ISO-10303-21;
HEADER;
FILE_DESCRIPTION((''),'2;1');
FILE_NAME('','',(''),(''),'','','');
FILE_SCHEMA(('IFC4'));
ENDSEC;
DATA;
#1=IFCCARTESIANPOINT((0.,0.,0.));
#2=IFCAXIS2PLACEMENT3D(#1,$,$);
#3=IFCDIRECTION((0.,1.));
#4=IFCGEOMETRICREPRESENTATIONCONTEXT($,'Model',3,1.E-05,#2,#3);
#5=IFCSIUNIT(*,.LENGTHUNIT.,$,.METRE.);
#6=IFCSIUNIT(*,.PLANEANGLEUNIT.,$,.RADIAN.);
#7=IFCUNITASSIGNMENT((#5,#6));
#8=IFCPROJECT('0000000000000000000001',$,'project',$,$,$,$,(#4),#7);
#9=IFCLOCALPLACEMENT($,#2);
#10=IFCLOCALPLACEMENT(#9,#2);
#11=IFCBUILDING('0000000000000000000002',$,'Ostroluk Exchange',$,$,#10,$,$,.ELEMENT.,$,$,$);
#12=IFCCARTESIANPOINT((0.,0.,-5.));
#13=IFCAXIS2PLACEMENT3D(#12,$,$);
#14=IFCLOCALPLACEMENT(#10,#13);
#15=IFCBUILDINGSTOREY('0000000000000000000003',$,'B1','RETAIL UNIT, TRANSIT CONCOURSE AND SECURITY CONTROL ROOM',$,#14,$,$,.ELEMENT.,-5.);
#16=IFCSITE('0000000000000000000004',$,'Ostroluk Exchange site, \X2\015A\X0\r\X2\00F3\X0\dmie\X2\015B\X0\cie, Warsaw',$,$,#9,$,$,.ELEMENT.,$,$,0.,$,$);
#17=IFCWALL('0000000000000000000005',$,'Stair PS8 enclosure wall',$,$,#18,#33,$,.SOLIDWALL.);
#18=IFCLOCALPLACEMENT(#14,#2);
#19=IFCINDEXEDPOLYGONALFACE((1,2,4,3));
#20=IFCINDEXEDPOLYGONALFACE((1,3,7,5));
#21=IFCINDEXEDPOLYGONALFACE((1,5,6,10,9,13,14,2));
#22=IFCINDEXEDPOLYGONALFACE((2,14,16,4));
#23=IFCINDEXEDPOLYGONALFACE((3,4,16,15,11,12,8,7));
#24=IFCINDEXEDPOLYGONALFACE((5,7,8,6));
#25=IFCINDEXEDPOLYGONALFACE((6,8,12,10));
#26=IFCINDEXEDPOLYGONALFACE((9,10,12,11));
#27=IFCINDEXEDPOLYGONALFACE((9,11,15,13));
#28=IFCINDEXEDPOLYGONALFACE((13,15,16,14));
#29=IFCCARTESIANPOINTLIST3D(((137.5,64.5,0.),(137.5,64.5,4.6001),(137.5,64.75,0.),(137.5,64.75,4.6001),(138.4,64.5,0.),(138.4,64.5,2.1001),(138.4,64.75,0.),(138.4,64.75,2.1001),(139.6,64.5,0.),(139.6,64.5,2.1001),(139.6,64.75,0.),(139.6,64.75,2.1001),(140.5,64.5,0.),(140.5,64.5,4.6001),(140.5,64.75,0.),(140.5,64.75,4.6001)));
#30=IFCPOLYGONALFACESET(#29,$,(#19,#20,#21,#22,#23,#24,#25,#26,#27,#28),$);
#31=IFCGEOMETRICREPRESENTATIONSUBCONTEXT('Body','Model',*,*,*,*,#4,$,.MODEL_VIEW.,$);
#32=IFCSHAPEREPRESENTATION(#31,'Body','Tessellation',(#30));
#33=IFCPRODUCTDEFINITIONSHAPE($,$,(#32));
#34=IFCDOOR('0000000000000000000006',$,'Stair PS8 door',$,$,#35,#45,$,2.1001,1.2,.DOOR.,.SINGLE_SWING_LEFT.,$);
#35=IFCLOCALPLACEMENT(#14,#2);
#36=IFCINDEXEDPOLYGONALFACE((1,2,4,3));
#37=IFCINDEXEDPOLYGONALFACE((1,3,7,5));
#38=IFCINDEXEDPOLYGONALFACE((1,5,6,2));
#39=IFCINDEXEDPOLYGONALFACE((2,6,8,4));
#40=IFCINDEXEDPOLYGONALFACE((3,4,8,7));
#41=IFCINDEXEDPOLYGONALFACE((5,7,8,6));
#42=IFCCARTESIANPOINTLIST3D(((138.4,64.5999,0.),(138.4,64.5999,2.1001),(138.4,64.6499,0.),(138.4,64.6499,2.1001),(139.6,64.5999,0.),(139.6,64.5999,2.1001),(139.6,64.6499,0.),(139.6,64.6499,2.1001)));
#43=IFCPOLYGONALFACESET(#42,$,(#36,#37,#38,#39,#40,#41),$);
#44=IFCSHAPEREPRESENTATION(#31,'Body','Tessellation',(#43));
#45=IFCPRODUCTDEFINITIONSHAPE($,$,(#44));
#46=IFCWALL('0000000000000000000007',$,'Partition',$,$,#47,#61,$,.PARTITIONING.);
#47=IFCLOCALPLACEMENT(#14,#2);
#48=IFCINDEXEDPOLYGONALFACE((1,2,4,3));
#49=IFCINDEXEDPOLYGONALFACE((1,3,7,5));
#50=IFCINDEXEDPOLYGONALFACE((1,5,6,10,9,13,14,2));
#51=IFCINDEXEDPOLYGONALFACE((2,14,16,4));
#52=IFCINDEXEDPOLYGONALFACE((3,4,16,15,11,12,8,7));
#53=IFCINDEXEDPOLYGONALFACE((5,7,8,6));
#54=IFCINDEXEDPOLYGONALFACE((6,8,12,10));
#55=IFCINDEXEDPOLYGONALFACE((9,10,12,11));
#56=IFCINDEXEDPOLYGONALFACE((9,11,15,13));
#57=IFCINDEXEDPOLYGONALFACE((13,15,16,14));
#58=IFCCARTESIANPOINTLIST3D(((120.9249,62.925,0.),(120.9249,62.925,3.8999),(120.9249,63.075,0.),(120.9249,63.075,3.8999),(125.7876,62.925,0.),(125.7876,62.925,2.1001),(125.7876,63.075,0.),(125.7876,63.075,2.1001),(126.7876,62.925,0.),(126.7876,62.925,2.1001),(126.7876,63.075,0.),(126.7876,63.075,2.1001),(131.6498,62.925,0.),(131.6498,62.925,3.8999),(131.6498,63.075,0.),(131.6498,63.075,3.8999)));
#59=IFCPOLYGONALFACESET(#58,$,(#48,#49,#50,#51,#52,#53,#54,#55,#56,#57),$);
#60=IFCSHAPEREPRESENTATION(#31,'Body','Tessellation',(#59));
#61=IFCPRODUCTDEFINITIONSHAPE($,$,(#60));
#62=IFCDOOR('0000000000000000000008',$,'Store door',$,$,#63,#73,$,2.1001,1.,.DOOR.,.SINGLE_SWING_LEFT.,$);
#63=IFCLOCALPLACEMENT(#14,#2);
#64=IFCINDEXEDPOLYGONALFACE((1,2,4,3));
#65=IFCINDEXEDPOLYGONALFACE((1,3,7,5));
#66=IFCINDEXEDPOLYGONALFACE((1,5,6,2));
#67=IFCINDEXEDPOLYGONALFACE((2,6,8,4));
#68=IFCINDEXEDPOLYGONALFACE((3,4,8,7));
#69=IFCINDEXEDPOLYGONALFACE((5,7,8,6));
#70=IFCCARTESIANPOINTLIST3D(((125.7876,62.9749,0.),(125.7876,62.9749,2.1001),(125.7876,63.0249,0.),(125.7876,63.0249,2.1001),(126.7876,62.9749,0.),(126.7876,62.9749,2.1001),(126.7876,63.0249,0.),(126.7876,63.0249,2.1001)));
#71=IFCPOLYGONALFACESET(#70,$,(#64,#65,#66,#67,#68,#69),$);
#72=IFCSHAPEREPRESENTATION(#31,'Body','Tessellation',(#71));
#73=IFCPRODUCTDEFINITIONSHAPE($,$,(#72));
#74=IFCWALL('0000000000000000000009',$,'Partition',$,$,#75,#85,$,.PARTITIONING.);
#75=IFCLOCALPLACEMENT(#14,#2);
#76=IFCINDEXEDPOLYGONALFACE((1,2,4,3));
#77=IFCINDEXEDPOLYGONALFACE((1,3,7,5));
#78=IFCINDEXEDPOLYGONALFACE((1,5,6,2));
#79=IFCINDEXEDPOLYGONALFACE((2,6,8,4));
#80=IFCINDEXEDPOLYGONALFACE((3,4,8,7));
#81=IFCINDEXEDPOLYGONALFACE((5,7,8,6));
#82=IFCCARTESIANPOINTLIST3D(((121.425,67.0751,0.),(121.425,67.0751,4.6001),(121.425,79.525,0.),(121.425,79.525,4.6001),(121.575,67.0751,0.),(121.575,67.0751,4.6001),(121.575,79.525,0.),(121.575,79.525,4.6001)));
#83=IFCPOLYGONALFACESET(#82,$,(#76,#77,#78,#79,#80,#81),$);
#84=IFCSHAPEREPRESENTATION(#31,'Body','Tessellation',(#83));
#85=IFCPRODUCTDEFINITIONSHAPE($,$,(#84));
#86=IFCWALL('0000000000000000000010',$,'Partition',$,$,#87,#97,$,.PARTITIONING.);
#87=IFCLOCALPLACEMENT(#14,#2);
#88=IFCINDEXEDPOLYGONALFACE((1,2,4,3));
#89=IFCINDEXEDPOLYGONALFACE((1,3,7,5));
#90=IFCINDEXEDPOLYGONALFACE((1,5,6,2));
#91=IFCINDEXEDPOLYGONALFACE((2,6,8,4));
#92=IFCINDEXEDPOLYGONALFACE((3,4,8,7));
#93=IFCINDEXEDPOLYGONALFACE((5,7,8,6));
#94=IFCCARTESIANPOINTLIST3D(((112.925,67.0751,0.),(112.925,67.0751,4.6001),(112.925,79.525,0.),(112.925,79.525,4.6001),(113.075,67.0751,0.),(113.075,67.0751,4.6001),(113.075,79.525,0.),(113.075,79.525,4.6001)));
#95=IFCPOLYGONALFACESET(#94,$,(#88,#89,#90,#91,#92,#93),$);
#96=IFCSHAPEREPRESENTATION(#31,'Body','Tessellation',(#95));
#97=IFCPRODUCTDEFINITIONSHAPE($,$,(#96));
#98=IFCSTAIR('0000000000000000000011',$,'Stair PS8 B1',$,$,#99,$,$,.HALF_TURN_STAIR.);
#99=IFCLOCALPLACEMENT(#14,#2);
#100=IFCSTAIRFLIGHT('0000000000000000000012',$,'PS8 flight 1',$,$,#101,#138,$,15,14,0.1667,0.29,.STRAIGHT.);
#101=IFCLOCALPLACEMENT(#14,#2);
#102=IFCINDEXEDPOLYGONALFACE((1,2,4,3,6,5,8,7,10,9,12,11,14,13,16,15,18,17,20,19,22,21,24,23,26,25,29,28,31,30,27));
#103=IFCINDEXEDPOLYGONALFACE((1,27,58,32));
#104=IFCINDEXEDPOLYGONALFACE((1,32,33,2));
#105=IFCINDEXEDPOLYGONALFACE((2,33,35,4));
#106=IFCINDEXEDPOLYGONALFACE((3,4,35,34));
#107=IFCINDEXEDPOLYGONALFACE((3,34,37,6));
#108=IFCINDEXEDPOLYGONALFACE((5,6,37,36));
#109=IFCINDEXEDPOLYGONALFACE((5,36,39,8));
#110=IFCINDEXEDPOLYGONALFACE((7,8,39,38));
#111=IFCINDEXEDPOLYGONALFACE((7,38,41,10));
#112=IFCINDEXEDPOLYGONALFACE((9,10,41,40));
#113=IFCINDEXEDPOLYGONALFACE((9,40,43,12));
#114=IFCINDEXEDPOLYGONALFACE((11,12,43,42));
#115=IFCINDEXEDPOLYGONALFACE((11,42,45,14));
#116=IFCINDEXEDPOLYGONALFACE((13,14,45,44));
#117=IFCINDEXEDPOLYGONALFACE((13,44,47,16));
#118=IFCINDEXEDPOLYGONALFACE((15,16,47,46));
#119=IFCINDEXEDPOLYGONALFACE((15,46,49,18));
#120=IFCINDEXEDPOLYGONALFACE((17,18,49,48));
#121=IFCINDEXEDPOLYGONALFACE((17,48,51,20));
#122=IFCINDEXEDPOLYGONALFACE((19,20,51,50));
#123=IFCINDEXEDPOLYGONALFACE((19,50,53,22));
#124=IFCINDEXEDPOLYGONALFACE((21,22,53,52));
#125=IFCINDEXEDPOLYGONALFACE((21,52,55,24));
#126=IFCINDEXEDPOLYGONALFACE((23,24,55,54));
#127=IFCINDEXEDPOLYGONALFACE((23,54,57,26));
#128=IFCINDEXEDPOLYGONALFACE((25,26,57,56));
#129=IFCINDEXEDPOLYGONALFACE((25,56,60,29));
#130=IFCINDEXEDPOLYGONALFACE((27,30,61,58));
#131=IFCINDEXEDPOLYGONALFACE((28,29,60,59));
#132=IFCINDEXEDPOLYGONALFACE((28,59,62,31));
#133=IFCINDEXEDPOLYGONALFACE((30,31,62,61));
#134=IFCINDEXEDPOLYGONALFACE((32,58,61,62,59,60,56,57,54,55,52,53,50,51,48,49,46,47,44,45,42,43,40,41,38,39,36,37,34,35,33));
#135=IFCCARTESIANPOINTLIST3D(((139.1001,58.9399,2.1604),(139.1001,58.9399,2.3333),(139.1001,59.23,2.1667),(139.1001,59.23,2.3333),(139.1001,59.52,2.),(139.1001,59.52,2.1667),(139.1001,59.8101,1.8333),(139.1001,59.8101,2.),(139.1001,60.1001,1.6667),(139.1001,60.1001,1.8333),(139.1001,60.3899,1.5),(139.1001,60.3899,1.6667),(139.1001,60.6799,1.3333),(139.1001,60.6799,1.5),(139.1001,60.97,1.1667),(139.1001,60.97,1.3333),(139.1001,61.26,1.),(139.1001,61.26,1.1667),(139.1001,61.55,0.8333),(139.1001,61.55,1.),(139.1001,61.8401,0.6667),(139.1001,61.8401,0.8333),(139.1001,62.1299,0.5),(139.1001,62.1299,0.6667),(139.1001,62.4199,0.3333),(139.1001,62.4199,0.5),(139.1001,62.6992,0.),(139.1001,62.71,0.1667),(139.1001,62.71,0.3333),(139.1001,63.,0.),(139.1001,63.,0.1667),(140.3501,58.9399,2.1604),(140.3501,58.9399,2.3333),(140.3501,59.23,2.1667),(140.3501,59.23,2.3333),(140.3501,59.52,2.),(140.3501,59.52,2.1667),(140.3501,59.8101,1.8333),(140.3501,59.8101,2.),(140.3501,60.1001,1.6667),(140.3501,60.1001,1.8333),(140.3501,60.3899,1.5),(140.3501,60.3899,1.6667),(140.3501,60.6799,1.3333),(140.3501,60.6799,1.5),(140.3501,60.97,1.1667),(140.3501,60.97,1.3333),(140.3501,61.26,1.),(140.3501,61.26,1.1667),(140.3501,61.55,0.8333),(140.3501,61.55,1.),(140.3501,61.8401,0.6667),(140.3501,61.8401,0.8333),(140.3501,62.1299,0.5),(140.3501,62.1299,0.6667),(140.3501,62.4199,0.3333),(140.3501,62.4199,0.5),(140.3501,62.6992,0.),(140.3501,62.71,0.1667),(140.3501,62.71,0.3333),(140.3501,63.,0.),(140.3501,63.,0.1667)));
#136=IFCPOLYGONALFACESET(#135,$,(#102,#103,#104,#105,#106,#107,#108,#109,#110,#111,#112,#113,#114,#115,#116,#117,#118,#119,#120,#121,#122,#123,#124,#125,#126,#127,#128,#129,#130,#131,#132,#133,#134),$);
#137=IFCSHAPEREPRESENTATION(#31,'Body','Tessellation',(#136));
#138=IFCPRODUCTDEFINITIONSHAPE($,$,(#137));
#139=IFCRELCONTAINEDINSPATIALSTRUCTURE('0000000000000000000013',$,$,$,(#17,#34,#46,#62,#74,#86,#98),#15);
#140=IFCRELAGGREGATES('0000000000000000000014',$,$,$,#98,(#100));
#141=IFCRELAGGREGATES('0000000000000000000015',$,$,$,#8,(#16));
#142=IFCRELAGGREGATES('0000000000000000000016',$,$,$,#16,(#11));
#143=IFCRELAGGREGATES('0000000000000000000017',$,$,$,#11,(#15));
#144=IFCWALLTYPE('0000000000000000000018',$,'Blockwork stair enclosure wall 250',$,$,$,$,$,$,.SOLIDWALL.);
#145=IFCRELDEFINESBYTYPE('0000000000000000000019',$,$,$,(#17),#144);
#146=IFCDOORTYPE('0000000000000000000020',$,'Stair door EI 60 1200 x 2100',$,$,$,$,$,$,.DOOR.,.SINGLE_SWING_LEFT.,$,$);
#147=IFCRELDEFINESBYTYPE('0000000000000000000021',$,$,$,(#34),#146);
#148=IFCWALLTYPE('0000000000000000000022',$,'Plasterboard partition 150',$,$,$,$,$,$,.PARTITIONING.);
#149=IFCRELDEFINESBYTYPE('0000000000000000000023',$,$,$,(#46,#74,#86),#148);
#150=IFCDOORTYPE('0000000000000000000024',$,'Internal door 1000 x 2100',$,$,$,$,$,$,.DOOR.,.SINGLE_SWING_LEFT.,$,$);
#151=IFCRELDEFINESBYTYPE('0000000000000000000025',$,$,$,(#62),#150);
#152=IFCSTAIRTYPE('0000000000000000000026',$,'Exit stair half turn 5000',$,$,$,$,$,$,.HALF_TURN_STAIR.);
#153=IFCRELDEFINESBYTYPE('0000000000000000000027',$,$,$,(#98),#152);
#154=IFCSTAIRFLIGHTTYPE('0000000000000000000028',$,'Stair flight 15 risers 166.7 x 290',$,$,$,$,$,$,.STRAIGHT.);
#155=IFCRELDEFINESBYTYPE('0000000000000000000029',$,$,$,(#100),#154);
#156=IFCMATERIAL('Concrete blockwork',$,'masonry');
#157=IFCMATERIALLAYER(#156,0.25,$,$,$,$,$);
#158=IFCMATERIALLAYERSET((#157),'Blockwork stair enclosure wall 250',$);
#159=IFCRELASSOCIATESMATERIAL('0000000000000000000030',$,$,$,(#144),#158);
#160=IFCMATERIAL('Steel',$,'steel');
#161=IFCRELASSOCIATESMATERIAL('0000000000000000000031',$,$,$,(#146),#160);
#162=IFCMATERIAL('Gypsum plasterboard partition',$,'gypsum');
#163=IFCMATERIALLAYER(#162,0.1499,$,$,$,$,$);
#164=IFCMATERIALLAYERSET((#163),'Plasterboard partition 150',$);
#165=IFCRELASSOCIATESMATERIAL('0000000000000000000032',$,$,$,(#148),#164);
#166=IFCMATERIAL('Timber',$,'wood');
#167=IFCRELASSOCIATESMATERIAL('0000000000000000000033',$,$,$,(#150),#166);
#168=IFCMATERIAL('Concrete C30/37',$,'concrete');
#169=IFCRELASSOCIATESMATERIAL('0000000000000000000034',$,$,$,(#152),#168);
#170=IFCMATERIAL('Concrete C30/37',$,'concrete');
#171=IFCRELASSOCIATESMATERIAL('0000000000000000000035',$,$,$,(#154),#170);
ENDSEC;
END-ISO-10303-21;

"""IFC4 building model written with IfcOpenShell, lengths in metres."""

from ifc_helpers import new_model, si_unit, direction, frame, frame_2d, origin, place, context, subcontext, project, spatial, polyline, rectangle, outline, extrude, material, layer, layer_set, type_object, element, fill, aggregate, save


model = new_model("IFC4")

# Units and contexts
model_context = context("Model", 3, precision=1e-05, world=origin(), true_north=direction((0.0, 1.0)))
body_context = subcontext(model_context, "Body", "Model", "MODEL_VIEW")
ifc_project = project(units=[si_unit("LENGTHUNIT", "METRE"), si_unit("PLANEANGLEUNIT", "RADIAN")], contexts=[model_context])

# Site, building, storey
site_placement = place(None, origin())
site = spatial("IfcSite", under=ifc_project, at=site_placement, Name="Ostroluk Exchange site, Śródmieście, Warsaw", CompositionType="ELEMENT", RefElevation=0.0)
building_placement = place(site_placement, origin())
building = spatial("IfcBuilding", under=site, at=building_placement, Name="Ostroluk Exchange", CompositionType="ELEMENT")
storey_placement = place(building_placement, frame((0.0, 0.0, -5.0)))
storey = spatial("IfcBuildingStorey", under=building, at=storey_placement, Name="B1", Description="RETAIL UNIT, TRANSIT CONCOURSE AND SECURITY CONTROL ROOM", CompositionType="ELEMENT", Elevation=-5.0)

# Walls, openings, doors
ifc_material_1 = material(Name="Concrete blockwork", Category="masonry")
ifc_layer_1 = layer(ifc_material_1, 0.25)
ifc_layer_set_1 = layer_set([ifc_layer_1], Name="Blockwork stair enclosure wall 250")
wall_type_1 = type_object("IfcWallType", Name="Blockwork stair enclosure wall 250", PredefinedType="SOLIDWALL", material=ifc_layer_set_1)
wall_1_placement = place(storey_placement, frame((137.5, 64.625, 0.0), z_axis=(0.0, 0.0, 1.0), x_axis=(1.0, 0.0, 0.0)))
wall_1 = element("IfcWall", 1, at=wall_1_placement, inside=storey, type_object=wall_type_1, Name="Stair PS8 enclosure wall", PredefinedType="SOLIDWALL", context=body_context, shape_type="SweptSolid", body=[
    extrude(rectangle(XDim=3.0, YDim=0.25, at=frame_2d((1.5, 0.0))), origin(), (0.0, 0.0, 1.0), 4.6001),
])
opening_1_placement = place(wall_1_placement, frame((0.8999, 0.0, 0.0)))
opening_1 = element("IfcOpeningElement", 2, at=opening_1_placement, cuts=wall_1, PredefinedType="OPENING", context=body_context, shape_type="SweptSolid", body=[
    extrude(rectangle(XDim=1.2, YDim=2.1001, at=frame_2d((0.6001, 1.05))), frame((0.0, 0.135, 0.0), z_axis=(0.0, -1.0, 0.0), x_axis=(1.0, 0.0, 0.0)), (0.0, 0.0, 1.0), 0.27),
])
ifc_material_2 = material(Name="Steel", Category="steel")
door_type_1 = type_object("IfcDoorType", Name="Stair door EI 60 1200 x 2100", OperationType="SINGLE_SWING_LEFT", PredefinedType="DOOR", material=ifc_material_2)
door_1_placement = place(opening_1_placement, origin())
door_1 = element("IfcDoor", 3, at=door_1_placement, inside=storey, type_object=door_type_1, Name="Stair PS8 door", OperationType="SINGLE_SWING_LEFT", OverallHeight=2.1001, OverallWidth=1.2, PredefinedType="DOOR", context=body_context, shape_type="SweptSolid", body=[
    extrude(rectangle(XDim=1.2, YDim=2.1001, at=frame_2d((0.6001, 1.05))), frame((0.0, 0.0249, 0.0), z_axis=(0.0, -1.0, 0.0), x_axis=(1.0, 0.0, 0.0)), (0.0, 0.0, 1.0), 0.05),
])
fill(opening_1, door_1)
ifc_material_3 = material(Name="Gypsum plasterboard partition", Category="gypsum")
ifc_layer_2 = layer(ifc_material_3, 0.1499)
ifc_layer_set_2 = layer_set([ifc_layer_2], Name="Plasterboard partition 150")
wall_type_2 = type_object("IfcWallType", Name="Plasterboard partition 150", PredefinedType="PARTITIONING", material=ifc_layer_set_2)
wall_2_placement = place(storey_placement, frame((120.925, 63.0, 0.0), z_axis=(0.0, 0.0, 1.0), x_axis=(1.0, 0.0, 0.0)))
wall_2 = element("IfcWall", 4, at=wall_2_placement, inside=storey, type_object=wall_type_2, Name="Partition", PredefinedType="PARTITIONING", context=body_context, shape_type="SweptSolid", body=[
    extrude(rectangle(XDim=10.7249, YDim=0.1499, at=frame_2d((5.3623, 0.0))), origin(), (0.0, 0.0, 1.0), 3.8999),
])
opening_2_placement = place(wall_2_placement, frame((4.8625, 0.0, 0.0)))
opening_2 = element("IfcOpeningElement", 5, at=opening_2_placement, cuts=wall_2, PredefinedType="OPENING", context=body_context, shape_type="SweptSolid", body=[
    extrude(rectangle(XDim=1.0, YDim=2.1001, at=frame_2d((0.5, 1.05))), frame((0.0, 0.085, 0.0), z_axis=(0.0, -1.0, 0.0), x_axis=(1.0, 0.0, 0.0)), (0.0, 0.0, 1.0), 0.1699),
])
ifc_material_4 = material(Name="Timber", Category="wood")
door_type_2 = type_object("IfcDoorType", Name="Internal door 1000 x 2100", OperationType="SINGLE_SWING_LEFT", PredefinedType="DOOR", material=ifc_material_4)
door_2_placement = place(opening_2_placement, origin())
door_2 = element("IfcDoor", 6, at=door_2_placement, inside=storey, type_object=door_type_2, Name="Store door", OperationType="SINGLE_SWING_LEFT", OverallHeight=2.1001, OverallWidth=1.0, PredefinedType="DOOR", context=body_context, shape_type="SweptSolid", body=[
    extrude(rectangle(XDim=1.0, YDim=2.1001, at=frame_2d((0.5, 1.05))), frame((0.0, 0.0249, 0.0), z_axis=(0.0, -1.0, 0.0), x_axis=(1.0, 0.0, 0.0)), (0.0, 0.0, 1.0), 0.05),
])
fill(opening_2, door_2)

# Walls
for number, where, z_axis, x_axis, name in (
    (7, (121.5, 67.075, 0.0), (0.0, 0.0, 1.0), (0.0, 1.0, 0.0), "Partition"),
    (8, (113.0, 67.075, 0.0), (0.0, 0.0, 1.0), (0.0, 1.0, 0.0), "Partition"),
):
    element("IfcWall", number, at=place(storey_placement, frame(where, z_axis=z_axis, x_axis=x_axis)), inside=storey, type_object=wall_type_2, Name=name, PredefinedType="PARTITIONING", context=body_context, shape_type="SweptSolid", body=[
        extrude(rectangle(XDim=12.45, YDim=0.1499, at=frame_2d((6.2251, 0.0))), origin(), (0.0, 0.0, 1.0), 4.6001),
    ])

# Stair, stair flight
ifc_material_5 = material(Name="Concrete C30/37", Category="concrete")
stair_type = type_object("IfcStairType", Name="Exit stair half turn 5000", PredefinedType="HALF_TURN_STAIR", material=ifc_material_5)
stair_placement = place(storey_placement, origin())
stair = element("IfcStair", 9, at=stair_placement, inside=storey, type_object=stair_type, Name="Stair PS8 B1", PredefinedType="HALF_TURN_STAIR")
ifc_material_6 = material(Name="Concrete C30/37", Category="concrete")
stair_flight_type = type_object("IfcStairFlightType", Name="Stair flight 15 risers 166.7 x 290", PredefinedType="STRAIGHT", material=ifc_material_6)
stair_flight_placement = place(storey_placement, frame((139.7251, 63.0, 0.0), z_axis=(0.0, 0.0, 1.0), x_axis=(0.0, -1.0, 0.0)))
stair_flight = element("IfcStairFlight", 10, at=stair_flight_placement, type_object=stair_flight_type, Name="PS8 flight 1", NumberOfRisers=15, NumberOfTreads=14, PredefinedType="STRAIGHT", RiserHeight=0.1667, TreadLength=0.29, context=body_context, shape_type="SweptSolid", body=[
    extrude(outline(polyline([(0.0, 0.0), (0.0, 0.1667), (0.29, 0.1667), (0.29, 0.3333), (0.5801, 0.3333), (0.5801, 0.5), (0.8701, 0.5), (0.8701, 0.6667), (1.1599, 0.6667), (1.1599, 0.8333), (1.45, 0.8333), (1.45, 1.0), (1.74, 1.0), (1.74, 1.1667), (2.03, 1.1667), (2.03, 1.3333), (2.3201, 1.3333), (2.3201, 1.5), (2.6101, 1.5), (2.6101, 1.6667), (2.8999, 1.6667), (2.8999, 1.8333), (3.1899, 1.8333), (3.1899, 2.0), (3.48, 2.0), (3.48, 2.1667), (3.77, 2.1667), (3.77, 2.3333), (4.0601, 2.3333), (4.0601, 2.5), (4.0601, 2.1604), (0.3008, 0.0), (0.0, 0.0)])), frame((0.0, 0.625, 0.0), z_axis=(0.0, -1.0, 0.0), x_axis=(1.0, 0.0, 0.0)), (0.0, 0.0, 1.0), 1.25),
])
aggregate(stair, [stair_flight])

save(model, "model.ifc")
